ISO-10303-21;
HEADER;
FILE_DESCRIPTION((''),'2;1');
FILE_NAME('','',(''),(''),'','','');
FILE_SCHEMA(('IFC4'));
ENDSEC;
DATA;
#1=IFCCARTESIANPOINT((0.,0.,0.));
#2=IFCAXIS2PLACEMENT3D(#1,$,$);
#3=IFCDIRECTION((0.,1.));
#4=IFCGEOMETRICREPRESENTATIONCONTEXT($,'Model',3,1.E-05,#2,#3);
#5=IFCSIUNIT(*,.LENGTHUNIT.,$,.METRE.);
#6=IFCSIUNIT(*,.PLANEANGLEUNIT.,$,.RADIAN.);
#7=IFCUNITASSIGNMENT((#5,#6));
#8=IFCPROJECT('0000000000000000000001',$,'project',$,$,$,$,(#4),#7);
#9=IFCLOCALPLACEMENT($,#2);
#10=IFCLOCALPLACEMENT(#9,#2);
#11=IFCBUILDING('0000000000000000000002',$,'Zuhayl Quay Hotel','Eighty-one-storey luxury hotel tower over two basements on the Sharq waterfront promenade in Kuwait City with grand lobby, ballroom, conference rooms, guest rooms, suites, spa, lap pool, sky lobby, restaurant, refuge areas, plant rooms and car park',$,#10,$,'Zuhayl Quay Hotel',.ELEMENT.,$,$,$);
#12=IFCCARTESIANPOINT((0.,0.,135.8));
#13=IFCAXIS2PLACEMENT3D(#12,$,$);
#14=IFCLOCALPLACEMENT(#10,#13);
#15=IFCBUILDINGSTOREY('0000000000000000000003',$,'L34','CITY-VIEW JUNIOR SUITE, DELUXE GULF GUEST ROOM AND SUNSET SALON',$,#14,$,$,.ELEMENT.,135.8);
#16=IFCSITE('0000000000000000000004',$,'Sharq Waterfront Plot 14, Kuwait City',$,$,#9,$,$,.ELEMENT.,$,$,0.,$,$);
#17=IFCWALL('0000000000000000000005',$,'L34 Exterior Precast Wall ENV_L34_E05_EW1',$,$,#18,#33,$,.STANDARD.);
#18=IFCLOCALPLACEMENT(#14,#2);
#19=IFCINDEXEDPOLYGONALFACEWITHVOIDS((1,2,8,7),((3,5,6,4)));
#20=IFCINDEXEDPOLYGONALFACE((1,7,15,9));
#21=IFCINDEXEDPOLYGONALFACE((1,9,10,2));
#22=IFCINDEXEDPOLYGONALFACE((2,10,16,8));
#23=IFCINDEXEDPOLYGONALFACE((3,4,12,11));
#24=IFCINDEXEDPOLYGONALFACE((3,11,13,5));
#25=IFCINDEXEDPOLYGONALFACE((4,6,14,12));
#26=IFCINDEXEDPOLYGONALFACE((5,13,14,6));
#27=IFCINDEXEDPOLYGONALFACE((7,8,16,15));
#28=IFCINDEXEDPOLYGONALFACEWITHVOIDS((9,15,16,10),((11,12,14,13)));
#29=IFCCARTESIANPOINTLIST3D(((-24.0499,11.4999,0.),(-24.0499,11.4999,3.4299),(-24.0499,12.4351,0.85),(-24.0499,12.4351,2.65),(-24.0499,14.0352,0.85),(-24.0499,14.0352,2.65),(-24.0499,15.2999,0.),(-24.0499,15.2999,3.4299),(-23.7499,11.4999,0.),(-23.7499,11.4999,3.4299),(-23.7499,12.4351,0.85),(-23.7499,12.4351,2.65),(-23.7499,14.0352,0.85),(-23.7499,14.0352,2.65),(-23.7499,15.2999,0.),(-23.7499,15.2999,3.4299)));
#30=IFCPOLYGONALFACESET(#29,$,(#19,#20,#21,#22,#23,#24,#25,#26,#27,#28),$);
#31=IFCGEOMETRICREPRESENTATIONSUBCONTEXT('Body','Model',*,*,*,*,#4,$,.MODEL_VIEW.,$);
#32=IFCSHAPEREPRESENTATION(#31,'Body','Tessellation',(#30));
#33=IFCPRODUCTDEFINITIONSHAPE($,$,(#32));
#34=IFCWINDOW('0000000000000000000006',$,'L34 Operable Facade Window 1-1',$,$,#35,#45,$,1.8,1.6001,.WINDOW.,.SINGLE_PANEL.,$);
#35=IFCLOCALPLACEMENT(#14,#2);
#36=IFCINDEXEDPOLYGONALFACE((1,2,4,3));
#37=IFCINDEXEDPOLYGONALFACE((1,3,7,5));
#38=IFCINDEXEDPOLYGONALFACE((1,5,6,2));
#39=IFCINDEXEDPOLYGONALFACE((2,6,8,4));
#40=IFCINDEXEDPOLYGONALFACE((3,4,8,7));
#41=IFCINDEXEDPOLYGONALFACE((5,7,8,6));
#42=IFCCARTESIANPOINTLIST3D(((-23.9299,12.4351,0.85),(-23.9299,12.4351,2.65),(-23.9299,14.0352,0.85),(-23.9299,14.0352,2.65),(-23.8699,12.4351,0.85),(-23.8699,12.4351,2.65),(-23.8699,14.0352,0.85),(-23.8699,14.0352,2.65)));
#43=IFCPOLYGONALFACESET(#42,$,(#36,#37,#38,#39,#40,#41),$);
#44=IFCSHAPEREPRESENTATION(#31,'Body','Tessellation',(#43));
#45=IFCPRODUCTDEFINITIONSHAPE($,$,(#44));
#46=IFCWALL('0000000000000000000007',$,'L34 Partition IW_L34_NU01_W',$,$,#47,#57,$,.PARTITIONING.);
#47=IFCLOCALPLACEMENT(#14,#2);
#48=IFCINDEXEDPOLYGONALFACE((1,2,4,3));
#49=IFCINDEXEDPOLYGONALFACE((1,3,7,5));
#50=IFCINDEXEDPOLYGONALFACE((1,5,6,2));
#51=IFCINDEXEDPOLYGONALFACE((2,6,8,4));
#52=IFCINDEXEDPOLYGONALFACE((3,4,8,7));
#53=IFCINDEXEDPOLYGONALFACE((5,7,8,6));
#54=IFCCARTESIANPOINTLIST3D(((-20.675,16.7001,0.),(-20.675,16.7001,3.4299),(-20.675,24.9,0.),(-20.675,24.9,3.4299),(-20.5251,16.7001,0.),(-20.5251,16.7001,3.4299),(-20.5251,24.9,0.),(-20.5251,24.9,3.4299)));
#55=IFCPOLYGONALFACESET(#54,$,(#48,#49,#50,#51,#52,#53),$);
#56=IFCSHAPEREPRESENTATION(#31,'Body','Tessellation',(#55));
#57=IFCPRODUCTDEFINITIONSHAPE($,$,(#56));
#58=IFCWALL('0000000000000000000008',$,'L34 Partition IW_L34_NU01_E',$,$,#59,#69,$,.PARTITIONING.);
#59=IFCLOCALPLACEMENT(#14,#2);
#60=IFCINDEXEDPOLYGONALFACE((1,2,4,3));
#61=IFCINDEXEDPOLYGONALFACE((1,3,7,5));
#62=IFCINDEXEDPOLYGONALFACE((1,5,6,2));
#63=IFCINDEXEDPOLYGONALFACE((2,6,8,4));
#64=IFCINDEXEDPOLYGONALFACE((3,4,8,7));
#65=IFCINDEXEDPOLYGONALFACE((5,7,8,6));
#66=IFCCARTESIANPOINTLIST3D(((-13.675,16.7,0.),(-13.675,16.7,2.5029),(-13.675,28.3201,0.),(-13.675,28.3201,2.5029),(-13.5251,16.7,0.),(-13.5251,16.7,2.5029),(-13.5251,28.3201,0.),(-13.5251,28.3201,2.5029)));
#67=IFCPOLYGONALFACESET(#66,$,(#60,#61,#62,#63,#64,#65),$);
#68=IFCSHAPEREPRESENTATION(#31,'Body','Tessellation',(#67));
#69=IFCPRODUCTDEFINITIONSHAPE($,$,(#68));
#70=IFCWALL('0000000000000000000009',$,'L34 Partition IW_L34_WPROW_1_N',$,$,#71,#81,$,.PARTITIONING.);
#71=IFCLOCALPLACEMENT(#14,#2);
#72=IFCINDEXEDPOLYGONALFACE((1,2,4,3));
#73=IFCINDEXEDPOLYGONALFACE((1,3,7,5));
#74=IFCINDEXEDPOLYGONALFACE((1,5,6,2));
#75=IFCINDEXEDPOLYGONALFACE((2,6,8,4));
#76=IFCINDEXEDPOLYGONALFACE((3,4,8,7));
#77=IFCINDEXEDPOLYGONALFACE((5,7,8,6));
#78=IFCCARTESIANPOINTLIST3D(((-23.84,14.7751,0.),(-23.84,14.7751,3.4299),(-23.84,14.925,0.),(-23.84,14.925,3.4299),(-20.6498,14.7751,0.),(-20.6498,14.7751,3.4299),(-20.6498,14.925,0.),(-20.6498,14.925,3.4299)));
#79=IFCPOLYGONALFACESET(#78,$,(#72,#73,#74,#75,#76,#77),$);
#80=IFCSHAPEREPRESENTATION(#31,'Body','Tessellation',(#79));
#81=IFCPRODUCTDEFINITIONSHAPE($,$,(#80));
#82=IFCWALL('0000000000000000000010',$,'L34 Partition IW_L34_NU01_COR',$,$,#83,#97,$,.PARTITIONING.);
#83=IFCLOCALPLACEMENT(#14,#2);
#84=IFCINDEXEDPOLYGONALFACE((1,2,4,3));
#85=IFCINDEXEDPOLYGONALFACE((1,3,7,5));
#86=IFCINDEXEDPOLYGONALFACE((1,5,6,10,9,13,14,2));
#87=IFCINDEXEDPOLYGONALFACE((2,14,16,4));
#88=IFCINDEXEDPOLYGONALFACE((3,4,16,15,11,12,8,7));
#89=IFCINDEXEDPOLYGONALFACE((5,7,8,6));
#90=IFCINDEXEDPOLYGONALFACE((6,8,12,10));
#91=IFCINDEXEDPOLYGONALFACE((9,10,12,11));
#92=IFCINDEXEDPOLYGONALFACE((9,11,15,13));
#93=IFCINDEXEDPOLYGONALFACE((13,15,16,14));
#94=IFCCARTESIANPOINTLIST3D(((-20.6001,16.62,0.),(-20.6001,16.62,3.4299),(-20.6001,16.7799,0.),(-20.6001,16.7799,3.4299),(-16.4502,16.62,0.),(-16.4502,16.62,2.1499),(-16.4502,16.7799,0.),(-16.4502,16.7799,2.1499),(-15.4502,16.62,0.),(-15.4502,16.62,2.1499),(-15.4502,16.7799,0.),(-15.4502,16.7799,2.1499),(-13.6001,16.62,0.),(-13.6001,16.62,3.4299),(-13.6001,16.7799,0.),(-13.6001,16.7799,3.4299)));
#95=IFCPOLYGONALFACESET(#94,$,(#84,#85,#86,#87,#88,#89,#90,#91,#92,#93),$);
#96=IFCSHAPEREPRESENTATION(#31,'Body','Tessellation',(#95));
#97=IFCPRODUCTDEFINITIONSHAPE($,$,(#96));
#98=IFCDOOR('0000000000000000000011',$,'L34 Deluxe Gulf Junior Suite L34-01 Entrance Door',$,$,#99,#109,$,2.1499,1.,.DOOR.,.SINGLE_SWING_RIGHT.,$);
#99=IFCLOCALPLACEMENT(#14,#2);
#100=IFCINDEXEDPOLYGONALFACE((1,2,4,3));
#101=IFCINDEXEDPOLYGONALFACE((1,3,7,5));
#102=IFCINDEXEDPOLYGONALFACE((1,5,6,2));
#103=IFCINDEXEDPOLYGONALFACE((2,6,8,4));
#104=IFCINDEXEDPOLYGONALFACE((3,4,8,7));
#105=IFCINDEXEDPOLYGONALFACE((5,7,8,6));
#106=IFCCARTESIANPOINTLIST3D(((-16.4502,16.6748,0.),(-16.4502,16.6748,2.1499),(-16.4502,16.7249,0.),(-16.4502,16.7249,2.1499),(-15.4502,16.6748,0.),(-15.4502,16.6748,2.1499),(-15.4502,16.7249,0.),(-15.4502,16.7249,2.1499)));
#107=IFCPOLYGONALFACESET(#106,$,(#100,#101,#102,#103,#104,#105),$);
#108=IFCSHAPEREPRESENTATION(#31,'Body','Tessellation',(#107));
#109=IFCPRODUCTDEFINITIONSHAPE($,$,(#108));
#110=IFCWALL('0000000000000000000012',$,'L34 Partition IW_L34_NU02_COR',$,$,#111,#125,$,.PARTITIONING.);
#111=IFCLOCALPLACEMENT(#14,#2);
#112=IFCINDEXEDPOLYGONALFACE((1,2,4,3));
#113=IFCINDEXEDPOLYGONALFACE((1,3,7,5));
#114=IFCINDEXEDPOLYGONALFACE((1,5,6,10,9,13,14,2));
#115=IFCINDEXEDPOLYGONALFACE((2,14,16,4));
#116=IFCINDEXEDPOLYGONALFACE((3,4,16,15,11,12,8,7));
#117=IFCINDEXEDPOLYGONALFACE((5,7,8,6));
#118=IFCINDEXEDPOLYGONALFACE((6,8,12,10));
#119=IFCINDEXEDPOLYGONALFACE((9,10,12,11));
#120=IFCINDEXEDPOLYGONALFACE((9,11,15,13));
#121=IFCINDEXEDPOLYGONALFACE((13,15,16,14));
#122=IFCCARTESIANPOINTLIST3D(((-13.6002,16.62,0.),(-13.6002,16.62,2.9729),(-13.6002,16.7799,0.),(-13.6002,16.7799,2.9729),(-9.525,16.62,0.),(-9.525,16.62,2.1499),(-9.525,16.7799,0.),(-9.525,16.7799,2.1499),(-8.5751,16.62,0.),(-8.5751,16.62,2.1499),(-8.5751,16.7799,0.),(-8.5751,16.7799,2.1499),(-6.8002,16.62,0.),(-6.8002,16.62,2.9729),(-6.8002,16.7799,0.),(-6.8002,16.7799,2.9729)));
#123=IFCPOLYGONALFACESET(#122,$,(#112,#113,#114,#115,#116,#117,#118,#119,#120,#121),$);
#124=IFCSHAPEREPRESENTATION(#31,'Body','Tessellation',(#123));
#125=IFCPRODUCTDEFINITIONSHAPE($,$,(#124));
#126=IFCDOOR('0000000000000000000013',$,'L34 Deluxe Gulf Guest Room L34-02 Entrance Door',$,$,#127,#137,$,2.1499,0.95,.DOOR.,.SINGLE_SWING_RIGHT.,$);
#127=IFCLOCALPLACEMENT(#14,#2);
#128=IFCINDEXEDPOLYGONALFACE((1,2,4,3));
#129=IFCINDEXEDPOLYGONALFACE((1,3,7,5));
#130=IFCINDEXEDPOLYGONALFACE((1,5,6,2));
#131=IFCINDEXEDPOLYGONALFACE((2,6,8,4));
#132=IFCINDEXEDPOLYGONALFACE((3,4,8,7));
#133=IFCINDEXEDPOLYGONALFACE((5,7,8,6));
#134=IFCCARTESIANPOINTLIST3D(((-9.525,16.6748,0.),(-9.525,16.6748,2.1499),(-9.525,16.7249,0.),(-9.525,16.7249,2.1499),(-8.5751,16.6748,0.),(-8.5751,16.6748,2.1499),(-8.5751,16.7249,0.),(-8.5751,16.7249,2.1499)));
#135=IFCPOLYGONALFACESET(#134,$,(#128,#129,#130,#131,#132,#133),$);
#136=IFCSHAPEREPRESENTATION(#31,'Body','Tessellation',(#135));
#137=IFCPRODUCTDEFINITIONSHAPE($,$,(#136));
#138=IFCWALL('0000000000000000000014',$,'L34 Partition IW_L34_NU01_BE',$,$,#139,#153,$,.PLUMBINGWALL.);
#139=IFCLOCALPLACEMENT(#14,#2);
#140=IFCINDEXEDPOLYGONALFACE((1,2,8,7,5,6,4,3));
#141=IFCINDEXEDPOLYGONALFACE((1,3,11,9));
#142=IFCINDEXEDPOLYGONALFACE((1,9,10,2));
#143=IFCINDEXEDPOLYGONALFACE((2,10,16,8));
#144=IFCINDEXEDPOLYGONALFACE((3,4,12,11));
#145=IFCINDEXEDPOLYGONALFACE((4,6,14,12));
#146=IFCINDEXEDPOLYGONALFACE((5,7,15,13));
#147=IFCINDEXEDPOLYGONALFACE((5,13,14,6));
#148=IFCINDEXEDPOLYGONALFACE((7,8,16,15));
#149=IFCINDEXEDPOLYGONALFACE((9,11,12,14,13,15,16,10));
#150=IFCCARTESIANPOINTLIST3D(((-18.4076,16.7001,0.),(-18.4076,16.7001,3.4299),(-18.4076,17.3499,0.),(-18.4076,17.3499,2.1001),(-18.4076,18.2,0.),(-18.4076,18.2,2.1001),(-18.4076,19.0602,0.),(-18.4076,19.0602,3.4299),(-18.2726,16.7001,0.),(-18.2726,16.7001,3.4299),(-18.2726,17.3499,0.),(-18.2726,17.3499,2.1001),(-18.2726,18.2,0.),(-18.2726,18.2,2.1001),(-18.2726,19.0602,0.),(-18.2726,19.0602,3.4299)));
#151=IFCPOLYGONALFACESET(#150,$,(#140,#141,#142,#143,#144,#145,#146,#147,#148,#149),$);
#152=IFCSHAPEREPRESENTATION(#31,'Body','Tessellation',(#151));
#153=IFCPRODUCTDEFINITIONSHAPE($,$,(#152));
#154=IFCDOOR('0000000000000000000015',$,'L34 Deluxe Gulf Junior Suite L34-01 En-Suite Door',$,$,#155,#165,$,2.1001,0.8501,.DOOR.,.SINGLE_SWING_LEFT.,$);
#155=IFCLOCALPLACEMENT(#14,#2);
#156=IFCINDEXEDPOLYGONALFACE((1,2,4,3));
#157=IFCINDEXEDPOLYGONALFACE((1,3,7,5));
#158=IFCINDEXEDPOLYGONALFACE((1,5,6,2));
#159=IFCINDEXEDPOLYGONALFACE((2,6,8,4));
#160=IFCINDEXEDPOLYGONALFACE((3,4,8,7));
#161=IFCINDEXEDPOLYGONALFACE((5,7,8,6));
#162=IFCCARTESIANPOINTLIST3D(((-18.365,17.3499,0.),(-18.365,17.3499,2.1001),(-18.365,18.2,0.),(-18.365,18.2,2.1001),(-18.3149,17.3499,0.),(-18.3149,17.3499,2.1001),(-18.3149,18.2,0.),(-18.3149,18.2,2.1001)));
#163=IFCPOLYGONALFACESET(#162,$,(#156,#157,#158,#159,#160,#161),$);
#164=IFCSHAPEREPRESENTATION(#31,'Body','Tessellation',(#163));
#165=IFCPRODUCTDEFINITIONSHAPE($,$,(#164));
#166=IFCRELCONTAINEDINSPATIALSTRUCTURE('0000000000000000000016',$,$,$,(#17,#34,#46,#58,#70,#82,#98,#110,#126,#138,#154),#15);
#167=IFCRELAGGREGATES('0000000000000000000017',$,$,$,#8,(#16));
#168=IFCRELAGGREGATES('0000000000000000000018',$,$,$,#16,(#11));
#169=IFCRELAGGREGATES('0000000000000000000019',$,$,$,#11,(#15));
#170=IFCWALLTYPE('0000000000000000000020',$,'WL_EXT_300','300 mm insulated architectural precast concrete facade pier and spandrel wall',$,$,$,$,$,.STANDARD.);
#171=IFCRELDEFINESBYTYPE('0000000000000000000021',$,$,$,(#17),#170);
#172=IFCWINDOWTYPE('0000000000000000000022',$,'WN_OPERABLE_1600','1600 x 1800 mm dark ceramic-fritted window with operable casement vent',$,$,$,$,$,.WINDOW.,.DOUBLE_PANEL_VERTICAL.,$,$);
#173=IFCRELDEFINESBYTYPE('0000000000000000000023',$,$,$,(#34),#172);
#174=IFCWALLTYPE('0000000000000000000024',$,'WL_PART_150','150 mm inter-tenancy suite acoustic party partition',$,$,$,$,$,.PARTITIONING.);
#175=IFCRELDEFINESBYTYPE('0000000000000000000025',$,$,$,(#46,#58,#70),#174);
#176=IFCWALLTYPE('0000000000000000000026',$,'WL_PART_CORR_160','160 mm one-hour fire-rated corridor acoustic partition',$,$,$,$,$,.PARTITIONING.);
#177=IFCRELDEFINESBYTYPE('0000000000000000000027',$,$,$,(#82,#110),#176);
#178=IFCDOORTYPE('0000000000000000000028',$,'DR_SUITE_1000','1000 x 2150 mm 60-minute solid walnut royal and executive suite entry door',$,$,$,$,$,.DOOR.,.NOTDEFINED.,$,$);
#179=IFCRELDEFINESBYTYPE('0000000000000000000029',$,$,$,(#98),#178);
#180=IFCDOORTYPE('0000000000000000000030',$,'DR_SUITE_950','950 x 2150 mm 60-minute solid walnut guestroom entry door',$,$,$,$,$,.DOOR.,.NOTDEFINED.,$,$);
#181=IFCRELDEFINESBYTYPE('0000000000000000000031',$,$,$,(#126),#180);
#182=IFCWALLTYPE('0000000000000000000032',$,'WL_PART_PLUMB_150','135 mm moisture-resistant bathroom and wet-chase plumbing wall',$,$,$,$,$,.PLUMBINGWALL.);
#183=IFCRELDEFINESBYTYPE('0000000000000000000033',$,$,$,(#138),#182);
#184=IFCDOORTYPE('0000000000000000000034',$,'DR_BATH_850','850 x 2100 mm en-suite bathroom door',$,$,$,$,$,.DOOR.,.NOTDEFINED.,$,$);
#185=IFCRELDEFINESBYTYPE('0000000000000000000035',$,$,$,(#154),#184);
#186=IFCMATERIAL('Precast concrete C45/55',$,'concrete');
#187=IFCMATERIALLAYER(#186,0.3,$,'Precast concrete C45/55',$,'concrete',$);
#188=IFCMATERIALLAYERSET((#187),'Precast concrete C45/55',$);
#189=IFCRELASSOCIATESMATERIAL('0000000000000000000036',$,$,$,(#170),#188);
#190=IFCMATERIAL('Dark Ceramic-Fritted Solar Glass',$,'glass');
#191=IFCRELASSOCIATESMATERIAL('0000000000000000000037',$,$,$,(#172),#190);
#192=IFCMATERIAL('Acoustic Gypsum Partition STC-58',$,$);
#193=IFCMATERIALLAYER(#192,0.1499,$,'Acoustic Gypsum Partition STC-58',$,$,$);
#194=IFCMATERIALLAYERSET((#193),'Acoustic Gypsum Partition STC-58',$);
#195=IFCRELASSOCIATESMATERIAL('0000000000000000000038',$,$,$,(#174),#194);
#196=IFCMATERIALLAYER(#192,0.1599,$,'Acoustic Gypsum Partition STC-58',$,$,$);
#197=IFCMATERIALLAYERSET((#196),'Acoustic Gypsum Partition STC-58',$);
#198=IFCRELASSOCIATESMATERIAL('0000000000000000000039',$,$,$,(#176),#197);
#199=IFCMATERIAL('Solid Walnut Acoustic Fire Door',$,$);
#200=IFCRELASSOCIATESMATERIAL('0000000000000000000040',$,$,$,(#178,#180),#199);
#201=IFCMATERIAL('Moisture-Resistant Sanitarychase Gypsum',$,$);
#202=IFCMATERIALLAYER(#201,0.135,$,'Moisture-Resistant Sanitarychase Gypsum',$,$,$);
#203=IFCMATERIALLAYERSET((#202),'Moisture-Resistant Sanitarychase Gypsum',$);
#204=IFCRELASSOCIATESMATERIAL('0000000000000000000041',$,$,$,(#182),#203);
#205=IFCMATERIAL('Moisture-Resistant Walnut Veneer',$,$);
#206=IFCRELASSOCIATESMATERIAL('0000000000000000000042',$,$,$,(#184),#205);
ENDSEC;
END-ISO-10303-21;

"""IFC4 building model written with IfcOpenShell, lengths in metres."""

from ifc_helpers import new_model, si_unit, direction, frame, frame_2d, origin, place, context, subcontext, project, spatial, rectangle, extrude, material, layer, layer_set, type_object, element, fill, save


model = new_model("IFC4")

# Units and contexts
model_context = context("Model", 3, precision=1e-05, world=origin(), true_north=direction((0.0, 1.0)))
body_context = subcontext(model_context, "Body", "Model", "MODEL_VIEW")
ifc_project = project(units=[si_unit("LENGTHUNIT", "METRE"), si_unit("PLANEANGLEUNIT", "RADIAN")], contexts=[model_context])

# Site, building, storey
site_placement = place(None, origin())
site = spatial("IfcSite", under=ifc_project, at=site_placement, Name="Sharq Waterfront Plot 14, Kuwait City", CompositionType="ELEMENT", RefElevation=0.0)
building_placement = place(site_placement, origin())
building = spatial("IfcBuilding", under=site, at=building_placement, Name="Zuhayl Quay Hotel", Description="Eighty-one-storey luxury hotel tower over two basements on the Sharq waterfront promenade in Kuwait City with grand lobby, ballroom, conference rooms, guest rooms, suites, spa, lap pool, sky lobby, restaurant, refuge areas, plant rooms and car park", LongName="Zuhayl Quay Hotel", CompositionType="ELEMENT")
storey_placement = place(building_placement, frame((0.0, 0.0, 135.8)))
storey = spatial("IfcBuildingStorey", under=building, at=storey_placement, Name="L34", Description="CITY-VIEW JUNIOR SUITE, DELUXE GULF GUEST ROOM AND SUNSET SALON", CompositionType="ELEMENT", Elevation=135.8)

# Wall, opening, window
ifc_material_1 = material(Name="Precast concrete C45/55", Category="concrete")
ifc_layer_1 = layer(ifc_material_1, 0.3, Name="Precast concrete C45/55", Category="concrete")
ifc_layer_set_1 = layer_set([ifc_layer_1], Name="Precast concrete C45/55")
wall_type_1 = type_object("IfcWallType", Name="WL_EXT_300", Description="300 mm insulated architectural precast concrete facade pier and spandrel wall", PredefinedType="STANDARD", material=ifc_layer_set_1)
wall_1_placement = place(storey_placement, frame((-23.8999, 11.5, 0.0), z_axis=(0.0, 0.0, 1.0), x_axis=(0.0, 1.0, 0.0)))
wall_1 = element("IfcWall", 1, at=wall_1_placement, inside=storey, type_object=wall_type_1, Name="L34 Exterior Precast Wall ENV_L34_E05_EW1", PredefinedType="STANDARD", context=body_context, shape_type="SweptSolid", body=[
    extrude(rectangle(XDim=3.8, YDim=0.3, at=frame_2d((1.8999, 0.0))), origin(), (0.0, 0.0, 1.0), 3.4299),
])
opening_1_placement = place(wall_1_placement, frame((0.9351, 0.0, 0.8501)))
opening_1 = element("IfcOpeningElement", 2, at=opening_1_placement, cuts=wall_1, PredefinedType="OPENING", context=body_context, shape_type="SweptSolid", body=[
    extrude(rectangle(XDim=1.6001, YDim=1.8, at=frame_2d((0.8, 0.8999))), frame((0.0, 0.1599, 0.0), z_axis=(0.0, -1.0, 0.0), x_axis=(1.0, 0.0, 0.0)), (0.0, 0.0, 1.0), 0.3201),
])
ifc_material_2 = material(Name="Dark Ceramic-Fritted Solar Glass", Category="glass")
window_type = type_object("IfcWindowType", Name="WN_OPERABLE_1600", Description="1600 x 1800 mm dark ceramic-fritted window with operable casement vent", PartitioningType="DOUBLE_PANEL_VERTICAL", PredefinedType="WINDOW", material=ifc_material_2)
window_placement = place(opening_1_placement, origin())
window = element("IfcWindow", 3, at=window_placement, inside=storey, type_object=window_type, Name="L34 Operable Facade Window 1-1", OverallHeight=1.8, OverallWidth=1.6001, PartitioningType="SINGLE_PANEL", PredefinedType="WINDOW", context=body_context, shape_type="SweptSolid", body=[
    extrude(rectangle(XDim=1.6001, YDim=1.8, at=frame_2d((0.8, 0.8999))), frame((0.0, 0.03, 0.0), z_axis=(0.0, -1.0, 0.0), x_axis=(1.0, 0.0, 0.0)), (0.0, 0.0, 1.0), 0.0601),
])
fill(opening_1, window)

# Walls
ifc_material_3 = material(Name="Acoustic Gypsum Partition STC-58")
ifc_layer_2 = layer(ifc_material_3, 0.1499, Name="Acoustic Gypsum Partition STC-58")
ifc_layer_set_2 = layer_set([ifc_layer_2], Name="Acoustic Gypsum Partition STC-58")
wall_type_2 = type_object("IfcWallType", Name="WL_PART_150", Description="150 mm inter-tenancy suite acoustic party partition", PredefinedType="PARTITIONING", material=ifc_layer_set_2)
wall_2_placement = place(storey_placement, frame((-20.6001, 16.7, 0.0), z_axis=(0.0, 0.0, 1.0), x_axis=(0.0, 1.0, 0.0)))
element("IfcWall", 4, at=wall_2_placement, inside=storey, type_object=wall_type_2, Name="L34 Partition IW_L34_NU01_W", PredefinedType="PARTITIONING", context=body_context, shape_type="SweptSolid", body=[
    extrude(rectangle(XDim=8.2, YDim=0.1499, at=frame_2d((4.1001, 0.0))), origin(), (0.0, 0.0, 1.0), 3.4299),
])
wall_3_placement = place(storey_placement, frame((-13.6001, 16.7, 0.0), z_axis=(0.0, 0.0, 1.0), x_axis=(0.0, 1.0, 0.0)))
element("IfcWall", 5, at=wall_3_placement, inside=storey, type_object=wall_type_2, Name="L34 Partition IW_L34_NU01_E", PredefinedType="PARTITIONING", context=body_context, shape_type="SweptSolid", body=[
    extrude(rectangle(XDim=11.6201, YDim=0.1499, at=frame_2d((5.8101, 0.0))), origin(), (0.0, 0.0, 1.0), 2.5029),
])
wall_4_placement = place(storey_placement, frame((-23.8401, 14.8501, 0.0), z_axis=(0.0, 0.0, 1.0), x_axis=(1.0, 0.0, 0.0)))
element("IfcWall", 6, at=wall_4_placement, inside=storey, type_object=wall_type_2, Name="L34 Partition IW_L34_WPROW_1_N", PredefinedType="PARTITIONING", context=body_context, shape_type="SweptSolid", body=[
    extrude(rectangle(XDim=3.1902, YDim=0.1499, at=frame_2d((1.5952, 0.0))), origin(), (0.0, 0.0, 1.0), 3.4299),
])

# Walls, openings, doors
ifc_layer_3 = layer(ifc_material_3, 0.1599, Name="Acoustic Gypsum Partition STC-58")
ifc_layer_set_3 = layer_set([ifc_layer_3], Name="Acoustic Gypsum Partition STC-58")
wall_type_3 = type_object("IfcWallType", Name="WL_PART_CORR_160", Description="160 mm one-hour fire-rated corridor acoustic partition", PredefinedType="PARTITIONING", material=ifc_layer_set_3)
wall_5_placement = place(storey_placement, frame((-20.6001, 16.7, 0.0), z_axis=(0.0, 0.0, 1.0), x_axis=(1.0, 0.0, 0.0)))
wall_5 = element("IfcWall", 7, at=wall_5_placement, inside=storey, type_object=wall_type_3, Name="L34 Partition IW_L34_NU01_COR", PredefinedType="PARTITIONING", context=body_context, shape_type="SweptSolid", body=[
    extrude(rectangle(XDim=7.0, YDim=0.1599, at=frame_2d((3.5, 0.0))), origin(), (0.0, 0.0, 1.0), 3.4299),
])
opening_2_placement = place(wall_5_placement, frame((4.1499, 0.0, 0.0)))
opening_2 = element("IfcOpeningElement", 8, at=opening_2_placement, cuts=wall_5, PredefinedType="OPENING", context=body_context, shape_type="SweptSolid", body=[
    extrude(rectangle(XDim=1.0, YDim=2.1499, at=frame_2d((0.5, 1.075))), frame((0.0, 0.0898, 0.0), z_axis=(0.0, -1.0, 0.0), x_axis=(1.0, 0.0, 0.0)), (0.0, 0.0, 1.0), 0.1799),
])
ifc_material_4 = material(Name="Solid Walnut Acoustic Fire Door")
door_type_1 = type_object("IfcDoorType", Name="DR_SUITE_1000", Description="1000 x 2150 mm 60-minute solid walnut royal and executive suite entry door", OperationType="NOTDEFINED", PredefinedType="DOOR", material=ifc_material_4)
door_1_placement = place(opening_2_placement, origin())
door_1 = element("IfcDoor", 9, at=door_1_placement, inside=storey, type_object=door_type_1, Name="L34 Deluxe Gulf Junior Suite L34-01 Entrance Door", OperationType="SINGLE_SWING_RIGHT", OverallHeight=2.1499, OverallWidth=1.0, PredefinedType="DOOR", context=body_context, shape_type="SweptSolid", body=[
    extrude(rectangle(XDim=1.0, YDim=2.1499, at=frame_2d((0.5, 1.075))), frame((0.0, 0.0249, 0.0), z_axis=(0.0, -1.0, 0.0), x_axis=(1.0, 0.0, 0.0)), (0.0, 0.0, 1.0), 0.05),
])
fill(opening_2, door_1)
wall_6_placement = place(storey_placement, frame((-13.6001, 16.7, 0.0), z_axis=(0.0, 0.0, 1.0), x_axis=(1.0, 0.0, 0.0)))
wall_6 = element("IfcWall", 10, at=wall_6_placement, inside=storey, type_object=wall_type_3, Name="L34 Partition IW_L34_NU02_COR", PredefinedType="PARTITIONING", context=body_context, shape_type="SweptSolid", body=[
    extrude(rectangle(XDim=6.8, YDim=0.1599, at=frame_2d((3.3999, 0.0))), origin(), (0.0, 0.0, 1.0), 2.9729),
])
opening_3_placement = place(wall_6_placement, frame((4.075, 0.0, 0.0)))
opening_3 = element("IfcOpeningElement", 11, at=opening_3_placement, cuts=wall_6, PredefinedType="OPENING", context=body_context, shape_type="SweptSolid", body=[
    extrude(rectangle(XDim=0.95, YDim=2.1499, at=frame_2d((0.4751, 1.075))), frame((0.0, 0.0898, 0.0), z_axis=(0.0, -1.0, 0.0), x_axis=(1.0, 0.0, 0.0)), (0.0, 0.0, 1.0), 0.1799),
])
door_type_2 = type_object("IfcDoorType", Name="DR_SUITE_950", Description="950 x 2150 mm 60-minute solid walnut guestroom entry door", OperationType="NOTDEFINED", PredefinedType="DOOR", material=ifc_material_4)
door_2_placement = place(opening_3_placement, origin())
door_2 = element("IfcDoor", 12, at=door_2_placement, inside=storey, type_object=door_type_2, Name="L34 Deluxe Gulf Guest Room L34-02 Entrance Door", OperationType="SINGLE_SWING_RIGHT", OverallHeight=2.1499, OverallWidth=0.95, PredefinedType="DOOR", context=body_context, shape_type="SweptSolid", body=[
    extrude(rectangle(XDim=0.95, YDim=2.1499, at=frame_2d((0.4751, 1.075))), frame((0.0, 0.0249, 0.0), z_axis=(0.0, -1.0, 0.0), x_axis=(1.0, 0.0, 0.0)), (0.0, 0.0, 1.0), 0.05),
])
fill(opening_3, door_2)
ifc_material_5 = material(Name="Moisture-Resistant Sanitarychase Gypsum")
ifc_layer_4 = layer(ifc_material_5, 0.135, Name="Moisture-Resistant Sanitarychase Gypsum")
ifc_layer_set_4 = layer_set([ifc_layer_4], Name="Moisture-Resistant Sanitarychase Gypsum")
wall_type_4 = type_object("IfcWallType", Name="WL_PART_PLUMB_150", Description="135 mm moisture-resistant bathroom and wet-chase plumbing wall", PredefinedType="PLUMBINGWALL", material=ifc_layer_set_4)
wall_7_placement = place(storey_placement, frame((-18.3401, 16.7, 0.0), z_axis=(0.0, 0.0, 1.0), x_axis=(0.0, 1.0, 0.0)))
wall_7 = element("IfcWall", 13, at=wall_7_placement, inside=storey, type_object=wall_type_4, Name="L34 Partition IW_L34_NU01_BE", PredefinedType="PLUMBINGWALL", context=body_context, shape_type="SweptSolid", body=[
    extrude(rectangle(XDim=2.3601, YDim=0.135, at=frame_2d((1.1802, 0.0))), origin(), (0.0, 0.0, 1.0), 3.4299),
])
opening_4_placement = place(wall_7_placement, frame((0.6499, 0.0, 0.0)))
opening_4 = element("IfcOpeningElement", 14, at=opening_4_placement, cuts=wall_7, PredefinedType="OPENING", context=body_context, shape_type="SweptSolid", body=[
    extrude(rectangle(XDim=0.8501, YDim=2.1001, at=frame_2d((0.425, 1.05))), frame((0.0, 0.0774, 0.0), z_axis=(0.0, -1.0, 0.0), x_axis=(1.0, 0.0, 0.0)), (0.0, 0.0, 1.0), 0.155),
])
ifc_material_6 = material(Name="Moisture-Resistant Walnut Veneer")
door_type_3 = type_object("IfcDoorType", Name="DR_BATH_850", Description="850 x 2100 mm en-suite bathroom door", OperationType="NOTDEFINED", PredefinedType="DOOR", material=ifc_material_6)
door_3_placement = place(opening_4_placement, origin())
door_3 = element("IfcDoor", 15, at=door_3_placement, inside=storey, type_object=door_type_3, Name="L34 Deluxe Gulf Junior Suite L34-01 En-Suite Door", OperationType="SINGLE_SWING_LEFT", OverallHeight=2.1001, OverallWidth=0.8501, PredefinedType="DOOR", context=body_context, shape_type="SweptSolid", body=[
    extrude(rectangle(XDim=0.8501, YDim=2.1001, at=frame_2d((0.425, 1.05))), frame((0.0, 0.0249, 0.0), z_axis=(0.0, -1.0, 0.0), x_axis=(1.0, 0.0, 0.0)), (0.0, 0.0, 1.0), 0.05),
])
fill(opening_4, door_3)

save(model, "model.ifc")
